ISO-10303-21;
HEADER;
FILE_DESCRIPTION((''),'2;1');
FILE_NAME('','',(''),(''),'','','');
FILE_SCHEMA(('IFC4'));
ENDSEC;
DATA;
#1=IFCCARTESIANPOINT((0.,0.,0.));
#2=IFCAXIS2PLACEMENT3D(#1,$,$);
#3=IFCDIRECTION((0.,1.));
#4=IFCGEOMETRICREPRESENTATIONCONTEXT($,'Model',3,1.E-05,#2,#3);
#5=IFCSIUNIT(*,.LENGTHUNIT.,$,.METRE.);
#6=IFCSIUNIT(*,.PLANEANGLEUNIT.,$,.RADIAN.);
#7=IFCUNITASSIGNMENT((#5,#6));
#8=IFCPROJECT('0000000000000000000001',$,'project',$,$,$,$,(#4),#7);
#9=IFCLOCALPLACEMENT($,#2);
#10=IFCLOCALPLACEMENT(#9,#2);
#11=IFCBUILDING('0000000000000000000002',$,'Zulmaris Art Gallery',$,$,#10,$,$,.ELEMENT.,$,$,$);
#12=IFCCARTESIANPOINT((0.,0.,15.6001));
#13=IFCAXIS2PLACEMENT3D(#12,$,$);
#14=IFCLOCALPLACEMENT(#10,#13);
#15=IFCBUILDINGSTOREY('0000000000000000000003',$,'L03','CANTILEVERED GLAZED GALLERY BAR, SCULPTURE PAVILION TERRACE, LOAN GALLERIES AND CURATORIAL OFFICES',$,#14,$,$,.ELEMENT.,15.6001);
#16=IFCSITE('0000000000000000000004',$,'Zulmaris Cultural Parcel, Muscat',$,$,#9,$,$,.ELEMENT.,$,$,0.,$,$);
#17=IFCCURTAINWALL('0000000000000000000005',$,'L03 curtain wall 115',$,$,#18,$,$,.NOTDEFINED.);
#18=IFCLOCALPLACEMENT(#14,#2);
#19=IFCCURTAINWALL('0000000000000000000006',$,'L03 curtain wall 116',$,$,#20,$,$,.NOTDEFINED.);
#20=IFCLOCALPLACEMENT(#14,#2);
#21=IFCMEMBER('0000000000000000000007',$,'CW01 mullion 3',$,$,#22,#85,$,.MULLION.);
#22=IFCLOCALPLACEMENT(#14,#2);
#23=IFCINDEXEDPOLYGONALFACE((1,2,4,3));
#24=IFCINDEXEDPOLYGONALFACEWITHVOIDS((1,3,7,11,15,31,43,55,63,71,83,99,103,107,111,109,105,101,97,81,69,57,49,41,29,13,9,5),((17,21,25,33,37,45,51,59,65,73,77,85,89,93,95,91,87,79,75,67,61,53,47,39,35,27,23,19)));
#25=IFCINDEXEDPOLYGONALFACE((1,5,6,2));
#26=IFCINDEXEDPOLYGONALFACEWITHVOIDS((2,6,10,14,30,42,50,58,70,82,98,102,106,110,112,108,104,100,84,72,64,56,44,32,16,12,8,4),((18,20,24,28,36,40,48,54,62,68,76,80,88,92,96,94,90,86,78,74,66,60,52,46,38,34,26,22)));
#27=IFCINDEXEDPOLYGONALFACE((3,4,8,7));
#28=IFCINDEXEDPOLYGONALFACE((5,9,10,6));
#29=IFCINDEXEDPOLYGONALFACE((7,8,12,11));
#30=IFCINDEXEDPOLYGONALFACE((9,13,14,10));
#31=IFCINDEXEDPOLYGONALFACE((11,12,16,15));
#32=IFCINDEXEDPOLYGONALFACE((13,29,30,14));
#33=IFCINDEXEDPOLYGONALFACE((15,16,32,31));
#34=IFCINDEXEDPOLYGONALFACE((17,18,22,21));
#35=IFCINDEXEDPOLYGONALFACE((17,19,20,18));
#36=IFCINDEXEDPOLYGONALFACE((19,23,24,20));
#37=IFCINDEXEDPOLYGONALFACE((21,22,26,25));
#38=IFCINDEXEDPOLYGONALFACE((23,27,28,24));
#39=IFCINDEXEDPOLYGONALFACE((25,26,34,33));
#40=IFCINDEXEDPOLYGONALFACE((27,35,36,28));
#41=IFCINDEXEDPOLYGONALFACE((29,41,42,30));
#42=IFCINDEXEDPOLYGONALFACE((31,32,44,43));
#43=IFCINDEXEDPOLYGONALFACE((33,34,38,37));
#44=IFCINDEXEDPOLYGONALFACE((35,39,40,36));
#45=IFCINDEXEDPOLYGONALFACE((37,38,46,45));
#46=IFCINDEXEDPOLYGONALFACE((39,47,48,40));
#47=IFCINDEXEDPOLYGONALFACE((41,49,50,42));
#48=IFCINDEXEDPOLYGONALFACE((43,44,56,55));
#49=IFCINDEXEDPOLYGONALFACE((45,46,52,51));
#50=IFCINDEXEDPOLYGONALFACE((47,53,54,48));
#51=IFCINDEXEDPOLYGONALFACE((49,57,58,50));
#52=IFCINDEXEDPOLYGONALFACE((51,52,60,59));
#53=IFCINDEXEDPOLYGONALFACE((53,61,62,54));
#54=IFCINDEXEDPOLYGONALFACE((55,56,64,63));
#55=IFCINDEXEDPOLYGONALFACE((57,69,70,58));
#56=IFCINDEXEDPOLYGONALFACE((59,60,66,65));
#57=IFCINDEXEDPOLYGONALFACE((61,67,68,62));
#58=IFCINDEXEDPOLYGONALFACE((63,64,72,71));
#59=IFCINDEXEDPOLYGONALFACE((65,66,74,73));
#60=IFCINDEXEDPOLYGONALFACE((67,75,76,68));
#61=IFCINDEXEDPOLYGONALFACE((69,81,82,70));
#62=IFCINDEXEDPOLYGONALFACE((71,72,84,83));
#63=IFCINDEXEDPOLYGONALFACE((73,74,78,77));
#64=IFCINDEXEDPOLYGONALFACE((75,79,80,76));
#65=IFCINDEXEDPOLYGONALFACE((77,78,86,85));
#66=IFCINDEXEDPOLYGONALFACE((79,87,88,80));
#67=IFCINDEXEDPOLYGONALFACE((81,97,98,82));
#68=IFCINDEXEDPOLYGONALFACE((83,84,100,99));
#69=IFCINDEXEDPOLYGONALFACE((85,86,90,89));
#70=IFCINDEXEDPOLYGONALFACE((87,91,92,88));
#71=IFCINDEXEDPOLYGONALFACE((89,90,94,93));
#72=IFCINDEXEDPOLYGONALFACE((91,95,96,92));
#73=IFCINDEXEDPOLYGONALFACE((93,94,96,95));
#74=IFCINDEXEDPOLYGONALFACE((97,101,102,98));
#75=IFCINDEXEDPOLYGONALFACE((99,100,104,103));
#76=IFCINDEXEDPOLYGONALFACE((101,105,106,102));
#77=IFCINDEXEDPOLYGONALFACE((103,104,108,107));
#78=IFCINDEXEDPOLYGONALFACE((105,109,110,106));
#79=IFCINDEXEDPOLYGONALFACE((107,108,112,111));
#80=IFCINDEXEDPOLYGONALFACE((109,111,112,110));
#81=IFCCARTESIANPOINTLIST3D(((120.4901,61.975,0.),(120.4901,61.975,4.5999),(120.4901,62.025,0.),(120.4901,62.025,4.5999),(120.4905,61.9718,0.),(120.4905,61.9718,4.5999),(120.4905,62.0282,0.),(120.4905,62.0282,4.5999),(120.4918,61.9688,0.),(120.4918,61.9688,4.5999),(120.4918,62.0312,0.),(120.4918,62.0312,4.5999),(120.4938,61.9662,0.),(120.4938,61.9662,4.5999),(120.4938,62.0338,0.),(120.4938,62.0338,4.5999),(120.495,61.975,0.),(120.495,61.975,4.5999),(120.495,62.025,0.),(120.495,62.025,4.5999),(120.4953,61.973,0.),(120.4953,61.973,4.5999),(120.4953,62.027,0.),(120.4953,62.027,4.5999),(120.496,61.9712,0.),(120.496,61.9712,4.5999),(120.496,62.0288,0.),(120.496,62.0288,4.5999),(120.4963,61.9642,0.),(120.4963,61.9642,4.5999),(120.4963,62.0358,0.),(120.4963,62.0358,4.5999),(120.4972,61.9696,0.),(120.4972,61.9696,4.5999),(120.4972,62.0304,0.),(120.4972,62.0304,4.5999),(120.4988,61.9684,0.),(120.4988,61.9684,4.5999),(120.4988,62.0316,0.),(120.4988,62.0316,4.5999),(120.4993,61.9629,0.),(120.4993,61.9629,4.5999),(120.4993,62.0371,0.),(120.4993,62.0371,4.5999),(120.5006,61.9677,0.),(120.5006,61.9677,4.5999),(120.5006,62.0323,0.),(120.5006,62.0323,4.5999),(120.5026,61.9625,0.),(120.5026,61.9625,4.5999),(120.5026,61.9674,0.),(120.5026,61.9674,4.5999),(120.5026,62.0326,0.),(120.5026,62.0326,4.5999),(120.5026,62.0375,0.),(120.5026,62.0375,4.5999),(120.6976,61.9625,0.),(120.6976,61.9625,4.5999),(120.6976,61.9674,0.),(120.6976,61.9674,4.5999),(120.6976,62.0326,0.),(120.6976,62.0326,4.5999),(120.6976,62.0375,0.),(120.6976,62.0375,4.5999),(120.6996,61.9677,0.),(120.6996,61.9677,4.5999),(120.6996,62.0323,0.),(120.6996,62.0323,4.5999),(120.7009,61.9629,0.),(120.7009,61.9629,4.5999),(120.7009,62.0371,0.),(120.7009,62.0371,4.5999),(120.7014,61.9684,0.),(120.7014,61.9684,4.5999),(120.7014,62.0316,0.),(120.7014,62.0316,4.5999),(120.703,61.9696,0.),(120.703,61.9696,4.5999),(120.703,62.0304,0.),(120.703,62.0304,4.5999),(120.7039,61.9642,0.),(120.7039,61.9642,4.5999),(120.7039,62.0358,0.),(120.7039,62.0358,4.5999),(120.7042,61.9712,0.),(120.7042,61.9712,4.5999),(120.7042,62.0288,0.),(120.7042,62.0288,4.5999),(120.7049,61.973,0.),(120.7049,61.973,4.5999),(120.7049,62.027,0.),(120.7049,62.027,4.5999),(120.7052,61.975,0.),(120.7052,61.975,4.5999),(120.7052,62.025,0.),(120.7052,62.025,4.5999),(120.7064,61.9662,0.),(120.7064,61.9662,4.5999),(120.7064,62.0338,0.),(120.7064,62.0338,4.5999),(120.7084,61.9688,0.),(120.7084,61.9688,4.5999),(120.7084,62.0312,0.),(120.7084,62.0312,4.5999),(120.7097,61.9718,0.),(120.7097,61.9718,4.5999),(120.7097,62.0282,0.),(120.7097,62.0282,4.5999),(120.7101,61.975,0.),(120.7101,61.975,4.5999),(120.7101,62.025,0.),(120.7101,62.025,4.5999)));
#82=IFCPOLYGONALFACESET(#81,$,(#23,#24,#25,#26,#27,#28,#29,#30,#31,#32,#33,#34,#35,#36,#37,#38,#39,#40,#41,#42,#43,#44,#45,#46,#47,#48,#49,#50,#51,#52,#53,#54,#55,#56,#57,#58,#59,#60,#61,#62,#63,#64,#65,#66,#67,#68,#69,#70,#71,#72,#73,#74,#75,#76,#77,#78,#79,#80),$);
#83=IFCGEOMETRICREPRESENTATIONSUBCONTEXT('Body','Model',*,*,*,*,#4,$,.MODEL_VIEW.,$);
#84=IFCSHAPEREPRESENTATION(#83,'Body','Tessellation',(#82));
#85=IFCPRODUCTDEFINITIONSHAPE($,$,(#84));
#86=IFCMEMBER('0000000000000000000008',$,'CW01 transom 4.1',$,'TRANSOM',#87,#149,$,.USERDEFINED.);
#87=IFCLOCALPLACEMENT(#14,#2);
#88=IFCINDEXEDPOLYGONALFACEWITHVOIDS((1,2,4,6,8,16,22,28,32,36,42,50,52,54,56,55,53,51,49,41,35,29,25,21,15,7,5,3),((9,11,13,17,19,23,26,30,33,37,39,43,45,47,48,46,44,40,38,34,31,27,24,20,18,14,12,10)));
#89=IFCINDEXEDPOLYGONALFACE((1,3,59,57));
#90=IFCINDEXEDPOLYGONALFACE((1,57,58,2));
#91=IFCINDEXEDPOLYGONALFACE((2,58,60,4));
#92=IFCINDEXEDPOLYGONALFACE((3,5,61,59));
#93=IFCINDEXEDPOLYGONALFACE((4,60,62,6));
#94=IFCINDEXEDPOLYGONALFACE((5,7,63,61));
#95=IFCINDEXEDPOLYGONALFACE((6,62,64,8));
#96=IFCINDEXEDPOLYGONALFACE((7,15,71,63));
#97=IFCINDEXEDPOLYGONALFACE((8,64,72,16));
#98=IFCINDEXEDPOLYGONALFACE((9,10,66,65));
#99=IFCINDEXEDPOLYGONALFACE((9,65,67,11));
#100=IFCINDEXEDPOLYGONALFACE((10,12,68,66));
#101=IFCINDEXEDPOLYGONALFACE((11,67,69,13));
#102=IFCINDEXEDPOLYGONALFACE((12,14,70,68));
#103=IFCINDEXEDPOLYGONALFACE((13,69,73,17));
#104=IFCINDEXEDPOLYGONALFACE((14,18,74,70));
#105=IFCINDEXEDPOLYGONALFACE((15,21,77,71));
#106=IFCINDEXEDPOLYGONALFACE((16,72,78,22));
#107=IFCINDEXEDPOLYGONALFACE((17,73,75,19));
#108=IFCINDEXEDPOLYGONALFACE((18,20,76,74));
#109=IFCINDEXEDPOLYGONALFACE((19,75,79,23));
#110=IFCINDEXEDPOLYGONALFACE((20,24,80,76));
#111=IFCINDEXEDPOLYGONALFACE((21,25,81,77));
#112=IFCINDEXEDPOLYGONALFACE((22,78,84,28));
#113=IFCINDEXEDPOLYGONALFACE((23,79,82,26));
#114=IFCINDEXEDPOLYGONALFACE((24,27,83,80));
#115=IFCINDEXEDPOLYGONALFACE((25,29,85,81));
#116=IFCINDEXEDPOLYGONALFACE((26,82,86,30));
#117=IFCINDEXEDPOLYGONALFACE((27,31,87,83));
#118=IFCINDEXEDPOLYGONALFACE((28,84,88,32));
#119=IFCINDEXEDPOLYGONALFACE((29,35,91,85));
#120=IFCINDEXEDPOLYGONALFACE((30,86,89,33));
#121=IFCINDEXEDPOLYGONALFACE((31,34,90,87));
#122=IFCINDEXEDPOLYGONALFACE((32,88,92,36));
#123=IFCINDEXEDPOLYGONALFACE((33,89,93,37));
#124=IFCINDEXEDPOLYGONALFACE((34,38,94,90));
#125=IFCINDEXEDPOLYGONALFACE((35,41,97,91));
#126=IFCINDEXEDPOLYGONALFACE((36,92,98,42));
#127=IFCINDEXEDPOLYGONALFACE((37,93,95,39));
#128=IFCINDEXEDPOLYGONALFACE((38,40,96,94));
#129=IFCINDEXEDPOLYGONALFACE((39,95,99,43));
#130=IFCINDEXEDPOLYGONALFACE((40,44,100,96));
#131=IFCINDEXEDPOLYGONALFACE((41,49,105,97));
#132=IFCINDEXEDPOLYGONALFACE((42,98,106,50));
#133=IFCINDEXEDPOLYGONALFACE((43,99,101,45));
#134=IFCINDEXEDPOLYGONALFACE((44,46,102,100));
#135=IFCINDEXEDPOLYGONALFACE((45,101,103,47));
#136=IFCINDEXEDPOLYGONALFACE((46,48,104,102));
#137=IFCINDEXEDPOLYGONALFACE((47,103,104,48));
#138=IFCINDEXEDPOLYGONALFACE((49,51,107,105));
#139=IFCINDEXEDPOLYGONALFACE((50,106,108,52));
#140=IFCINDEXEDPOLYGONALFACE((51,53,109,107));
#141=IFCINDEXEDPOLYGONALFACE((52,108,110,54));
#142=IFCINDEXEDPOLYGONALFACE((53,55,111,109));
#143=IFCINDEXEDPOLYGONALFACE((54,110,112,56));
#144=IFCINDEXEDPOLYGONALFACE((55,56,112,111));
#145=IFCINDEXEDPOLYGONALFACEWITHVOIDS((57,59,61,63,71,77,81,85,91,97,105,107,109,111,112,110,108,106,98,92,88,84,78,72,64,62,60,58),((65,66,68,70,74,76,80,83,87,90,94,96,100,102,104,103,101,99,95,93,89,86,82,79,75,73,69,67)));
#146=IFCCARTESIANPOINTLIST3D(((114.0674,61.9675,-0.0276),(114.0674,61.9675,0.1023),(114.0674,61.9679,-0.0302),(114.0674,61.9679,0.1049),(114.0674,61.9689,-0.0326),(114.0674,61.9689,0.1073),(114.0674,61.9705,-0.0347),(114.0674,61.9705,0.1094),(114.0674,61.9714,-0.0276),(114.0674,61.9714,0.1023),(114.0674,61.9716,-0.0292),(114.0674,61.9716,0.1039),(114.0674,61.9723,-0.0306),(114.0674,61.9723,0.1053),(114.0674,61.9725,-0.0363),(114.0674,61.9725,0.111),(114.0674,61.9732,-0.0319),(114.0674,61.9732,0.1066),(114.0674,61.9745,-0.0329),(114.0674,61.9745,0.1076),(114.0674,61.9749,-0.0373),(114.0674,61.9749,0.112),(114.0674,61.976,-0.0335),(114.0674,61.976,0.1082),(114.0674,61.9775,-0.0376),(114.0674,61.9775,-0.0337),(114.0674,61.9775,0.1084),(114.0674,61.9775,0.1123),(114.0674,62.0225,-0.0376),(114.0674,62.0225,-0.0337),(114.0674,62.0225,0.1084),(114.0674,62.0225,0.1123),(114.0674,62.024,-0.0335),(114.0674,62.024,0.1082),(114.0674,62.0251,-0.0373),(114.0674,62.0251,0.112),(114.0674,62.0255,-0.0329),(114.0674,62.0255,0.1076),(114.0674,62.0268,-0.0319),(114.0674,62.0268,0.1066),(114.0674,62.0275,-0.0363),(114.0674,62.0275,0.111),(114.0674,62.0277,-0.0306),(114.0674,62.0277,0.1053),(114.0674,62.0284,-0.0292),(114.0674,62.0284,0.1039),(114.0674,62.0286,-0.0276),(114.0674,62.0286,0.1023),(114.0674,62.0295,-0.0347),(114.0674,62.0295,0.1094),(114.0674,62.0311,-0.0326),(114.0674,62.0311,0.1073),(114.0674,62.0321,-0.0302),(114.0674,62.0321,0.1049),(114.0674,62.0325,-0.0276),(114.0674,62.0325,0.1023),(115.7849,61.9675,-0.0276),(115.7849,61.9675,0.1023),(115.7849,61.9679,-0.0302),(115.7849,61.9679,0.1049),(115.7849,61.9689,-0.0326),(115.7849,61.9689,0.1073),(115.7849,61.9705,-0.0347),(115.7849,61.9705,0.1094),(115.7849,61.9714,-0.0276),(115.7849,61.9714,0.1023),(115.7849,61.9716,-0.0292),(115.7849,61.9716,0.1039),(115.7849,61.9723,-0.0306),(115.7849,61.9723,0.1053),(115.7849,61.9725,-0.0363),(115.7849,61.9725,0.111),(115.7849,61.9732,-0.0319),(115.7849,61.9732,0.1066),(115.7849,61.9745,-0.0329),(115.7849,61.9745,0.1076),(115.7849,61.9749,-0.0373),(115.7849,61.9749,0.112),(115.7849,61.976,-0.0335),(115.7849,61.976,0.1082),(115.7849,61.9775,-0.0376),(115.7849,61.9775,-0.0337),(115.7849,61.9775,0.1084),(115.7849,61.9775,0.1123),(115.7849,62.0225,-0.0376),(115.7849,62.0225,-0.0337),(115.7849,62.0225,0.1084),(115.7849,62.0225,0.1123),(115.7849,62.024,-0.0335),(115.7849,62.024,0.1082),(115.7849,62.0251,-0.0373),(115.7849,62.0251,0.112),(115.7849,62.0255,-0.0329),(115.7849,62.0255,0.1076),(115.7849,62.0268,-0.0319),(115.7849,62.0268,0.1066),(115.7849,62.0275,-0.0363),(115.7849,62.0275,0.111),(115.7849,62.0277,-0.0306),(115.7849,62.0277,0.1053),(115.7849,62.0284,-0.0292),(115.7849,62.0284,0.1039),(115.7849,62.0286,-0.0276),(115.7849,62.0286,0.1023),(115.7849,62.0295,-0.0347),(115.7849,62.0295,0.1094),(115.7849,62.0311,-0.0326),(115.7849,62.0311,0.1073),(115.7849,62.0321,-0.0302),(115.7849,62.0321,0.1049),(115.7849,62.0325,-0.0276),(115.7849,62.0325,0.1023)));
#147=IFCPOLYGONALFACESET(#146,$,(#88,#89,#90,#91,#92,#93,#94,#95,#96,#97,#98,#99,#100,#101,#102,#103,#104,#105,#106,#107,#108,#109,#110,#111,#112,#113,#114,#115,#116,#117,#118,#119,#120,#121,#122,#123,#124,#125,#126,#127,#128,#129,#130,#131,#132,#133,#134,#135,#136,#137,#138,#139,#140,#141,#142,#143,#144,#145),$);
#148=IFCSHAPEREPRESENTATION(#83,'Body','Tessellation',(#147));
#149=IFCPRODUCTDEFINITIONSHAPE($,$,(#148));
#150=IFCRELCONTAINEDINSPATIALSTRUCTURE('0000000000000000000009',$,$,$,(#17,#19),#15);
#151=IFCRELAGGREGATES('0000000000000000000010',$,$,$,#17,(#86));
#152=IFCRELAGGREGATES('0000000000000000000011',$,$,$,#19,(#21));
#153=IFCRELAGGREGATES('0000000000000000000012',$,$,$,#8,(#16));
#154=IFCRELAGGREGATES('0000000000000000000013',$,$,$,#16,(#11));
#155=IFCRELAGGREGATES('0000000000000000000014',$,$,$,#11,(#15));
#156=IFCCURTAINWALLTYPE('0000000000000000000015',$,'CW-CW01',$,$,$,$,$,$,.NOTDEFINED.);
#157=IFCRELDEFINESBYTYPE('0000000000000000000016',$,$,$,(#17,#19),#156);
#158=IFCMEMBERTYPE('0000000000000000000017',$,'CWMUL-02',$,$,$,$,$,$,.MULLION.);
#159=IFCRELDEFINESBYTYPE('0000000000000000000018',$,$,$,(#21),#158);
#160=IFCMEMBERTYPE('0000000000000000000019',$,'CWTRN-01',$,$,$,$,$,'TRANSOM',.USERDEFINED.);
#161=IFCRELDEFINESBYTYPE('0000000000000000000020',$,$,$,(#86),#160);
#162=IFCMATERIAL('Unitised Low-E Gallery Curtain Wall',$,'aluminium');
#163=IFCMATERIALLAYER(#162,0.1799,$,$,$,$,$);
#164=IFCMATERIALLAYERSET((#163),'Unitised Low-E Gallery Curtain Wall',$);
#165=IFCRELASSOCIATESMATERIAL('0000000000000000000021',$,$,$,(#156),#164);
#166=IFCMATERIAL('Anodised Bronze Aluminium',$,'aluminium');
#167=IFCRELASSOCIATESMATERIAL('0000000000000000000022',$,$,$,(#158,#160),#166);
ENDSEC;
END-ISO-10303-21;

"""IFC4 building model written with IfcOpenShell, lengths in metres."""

from ifc_helpers import new_model, si_unit, direction, frame, origin, origin_2d, place, context, subcontext, project, spatial, hollow_rectangle, extrude, material, layer, layer_set, material_profile, profile_set, type_object, element, aggregate, save


model = new_model("IFC4")

# Units and contexts
model_context = context("Model", 3, precision=1e-05, world=origin(), true_north=direction((0.0, 1.0)))
body_context = subcontext(model_context, "Body", "Model", "MODEL_VIEW")
ifc_project = project(units=[si_unit("LENGTHUNIT", "METRE"), si_unit("PLANEANGLEUNIT", "RADIAN")], contexts=[model_context])

# Site, building, storey
site_placement = place(None, origin())
site = spatial("IfcSite", under=ifc_project, at=site_placement, Name="Zulmaris Cultural Parcel, Muscat", CompositionType="ELEMENT", RefElevation=0.0)
building_placement = place(site_placement, origin())
building = spatial("IfcBuilding", under=site, at=building_placement, Name="Zulmaris Art Gallery", CompositionType="ELEMENT")
storey_placement = place(building_placement, frame((0.0, 0.0, 15.6001)))
storey = spatial("IfcBuildingStorey", under=building, at=storey_placement, Name="L03", Description="CANTILEVERED GLAZED GALLERY BAR, SCULPTURE PAVILION TERRACE, LOAN GALLERIES AND CURATORIAL OFFICES", CompositionType="ELEMENT", Elevation=15.6001)

# Curtain walls, member
ifc_material_1 = material(Name="Unitised Low-E Gallery Curtain Wall", Category="aluminium")
ifc_layer_1 = layer(ifc_material_1, 0.1799)
ifc_layer_set_1 = layer_set([ifc_layer_1], Name="Unitised Low-E Gallery Curtain Wall")
curtain_wall_type = type_object("IfcCurtainWallType", Name="CW-CW01", PredefinedType="NOTDEFINED", material=ifc_layer_set_1)
curtain_wall_1_placement = place(storey_placement, origin())
curtain_wall_1 = element("IfcCurtainWall", 1, at=curtain_wall_1_placement, inside=storey, type_object=curtain_wall_type, Name="L03 curtain wall 115", PredefinedType="NOTDEFINED")
ifc_material_2 = material(Name="Anodised Bronze Aluminium", Category="aluminium")
ifc_material_profile_1 = material_profile(ifc_material_2, hollow_rectangle(XDim=0.075, YDim=0.22, WallThickness=0.0049, InnerFilletRadius=0.0076, OuterFilletRadius=0.0125, at=origin_2d()), Name="ALU 75x220x5")
ifc_profile_set_1 = profile_set([ifc_material_profile_1], Name="Anodised Bronze Aluminium")
member_type_1 = type_object("IfcMemberType", Name="CWMUL-02", PredefinedType="MULLION", material=ifc_profile_set_1)
curtain_wall_2_placement = place(storey_placement, origin())
curtain_wall_2 = element("IfcCurtainWall", 2, at=curtain_wall_2_placement, inside=storey, type_object=curtain_wall_type, Name="L03 curtain wall 116", PredefinedType="NOTDEFINED")
member_1_placement = place(storey_placement, frame((120.6001, 62.0, 0.0), z_axis=(0.0, 0.0, 1.0), x_axis=(0.0, 1.0, 0.0)))
member_1 = element("IfcMember", 3, at=member_1_placement, type_object=member_type_1, Name="CW01 mullion 3", PredefinedType="MULLION", context=body_context, shape_type="SweptSolid", body=[
    extrude(hollow_rectangle(XDim=0.075, YDim=0.22, WallThickness=0.0049, InnerFilletRadius=0.0076, OuterFilletRadius=0.0125, at=origin_2d()), origin(), (0.0, 0.0, 1.0), 4.5999),
])

# Member
ifc_material_profile_2 = material_profile(ifc_material_2, hollow_rectangle(XDim=0.0649, YDim=0.1499, WallThickness=0.0039, InnerFilletRadius=0.0061, OuterFilletRadius=0.01, at=origin_2d()), Name="ALU 65x150x4")
ifc_profile_set_2 = profile_set([ifc_material_profile_2], Name="Anodised Bronze Aluminium")
member_type_2 = type_object("IfcMemberType", Name="CWTRN-01", ElementType="TRANSOM", PredefinedType="USERDEFINED", material=ifc_profile_set_2)
member_2_placement = place(storey_placement, frame((114.0674, 62.0, 0.0374), z_axis=(1.0, 0.0, 0.0), x_axis=(0.0, 1.0, 0.0)))
member_2 = element("IfcMember", 4, at=member_2_placement, type_object=member_type_2, Name="CW01 transom 4.1", ObjectType="TRANSOM", PredefinedType="USERDEFINED", context=body_context, shape_type="SweptSolid", body=[
    extrude(hollow_rectangle(XDim=0.0649, YDim=0.1499, WallThickness=0.0039, InnerFilletRadius=0.0061, OuterFilletRadius=0.01, at=origin_2d()), origin(), (0.0, 0.0, 1.0), 1.7175),
])

aggregate(curtain_wall_1, [member_2])
aggregate(curtain_wall_2, [member_1])

save(model, "model.ifc")
